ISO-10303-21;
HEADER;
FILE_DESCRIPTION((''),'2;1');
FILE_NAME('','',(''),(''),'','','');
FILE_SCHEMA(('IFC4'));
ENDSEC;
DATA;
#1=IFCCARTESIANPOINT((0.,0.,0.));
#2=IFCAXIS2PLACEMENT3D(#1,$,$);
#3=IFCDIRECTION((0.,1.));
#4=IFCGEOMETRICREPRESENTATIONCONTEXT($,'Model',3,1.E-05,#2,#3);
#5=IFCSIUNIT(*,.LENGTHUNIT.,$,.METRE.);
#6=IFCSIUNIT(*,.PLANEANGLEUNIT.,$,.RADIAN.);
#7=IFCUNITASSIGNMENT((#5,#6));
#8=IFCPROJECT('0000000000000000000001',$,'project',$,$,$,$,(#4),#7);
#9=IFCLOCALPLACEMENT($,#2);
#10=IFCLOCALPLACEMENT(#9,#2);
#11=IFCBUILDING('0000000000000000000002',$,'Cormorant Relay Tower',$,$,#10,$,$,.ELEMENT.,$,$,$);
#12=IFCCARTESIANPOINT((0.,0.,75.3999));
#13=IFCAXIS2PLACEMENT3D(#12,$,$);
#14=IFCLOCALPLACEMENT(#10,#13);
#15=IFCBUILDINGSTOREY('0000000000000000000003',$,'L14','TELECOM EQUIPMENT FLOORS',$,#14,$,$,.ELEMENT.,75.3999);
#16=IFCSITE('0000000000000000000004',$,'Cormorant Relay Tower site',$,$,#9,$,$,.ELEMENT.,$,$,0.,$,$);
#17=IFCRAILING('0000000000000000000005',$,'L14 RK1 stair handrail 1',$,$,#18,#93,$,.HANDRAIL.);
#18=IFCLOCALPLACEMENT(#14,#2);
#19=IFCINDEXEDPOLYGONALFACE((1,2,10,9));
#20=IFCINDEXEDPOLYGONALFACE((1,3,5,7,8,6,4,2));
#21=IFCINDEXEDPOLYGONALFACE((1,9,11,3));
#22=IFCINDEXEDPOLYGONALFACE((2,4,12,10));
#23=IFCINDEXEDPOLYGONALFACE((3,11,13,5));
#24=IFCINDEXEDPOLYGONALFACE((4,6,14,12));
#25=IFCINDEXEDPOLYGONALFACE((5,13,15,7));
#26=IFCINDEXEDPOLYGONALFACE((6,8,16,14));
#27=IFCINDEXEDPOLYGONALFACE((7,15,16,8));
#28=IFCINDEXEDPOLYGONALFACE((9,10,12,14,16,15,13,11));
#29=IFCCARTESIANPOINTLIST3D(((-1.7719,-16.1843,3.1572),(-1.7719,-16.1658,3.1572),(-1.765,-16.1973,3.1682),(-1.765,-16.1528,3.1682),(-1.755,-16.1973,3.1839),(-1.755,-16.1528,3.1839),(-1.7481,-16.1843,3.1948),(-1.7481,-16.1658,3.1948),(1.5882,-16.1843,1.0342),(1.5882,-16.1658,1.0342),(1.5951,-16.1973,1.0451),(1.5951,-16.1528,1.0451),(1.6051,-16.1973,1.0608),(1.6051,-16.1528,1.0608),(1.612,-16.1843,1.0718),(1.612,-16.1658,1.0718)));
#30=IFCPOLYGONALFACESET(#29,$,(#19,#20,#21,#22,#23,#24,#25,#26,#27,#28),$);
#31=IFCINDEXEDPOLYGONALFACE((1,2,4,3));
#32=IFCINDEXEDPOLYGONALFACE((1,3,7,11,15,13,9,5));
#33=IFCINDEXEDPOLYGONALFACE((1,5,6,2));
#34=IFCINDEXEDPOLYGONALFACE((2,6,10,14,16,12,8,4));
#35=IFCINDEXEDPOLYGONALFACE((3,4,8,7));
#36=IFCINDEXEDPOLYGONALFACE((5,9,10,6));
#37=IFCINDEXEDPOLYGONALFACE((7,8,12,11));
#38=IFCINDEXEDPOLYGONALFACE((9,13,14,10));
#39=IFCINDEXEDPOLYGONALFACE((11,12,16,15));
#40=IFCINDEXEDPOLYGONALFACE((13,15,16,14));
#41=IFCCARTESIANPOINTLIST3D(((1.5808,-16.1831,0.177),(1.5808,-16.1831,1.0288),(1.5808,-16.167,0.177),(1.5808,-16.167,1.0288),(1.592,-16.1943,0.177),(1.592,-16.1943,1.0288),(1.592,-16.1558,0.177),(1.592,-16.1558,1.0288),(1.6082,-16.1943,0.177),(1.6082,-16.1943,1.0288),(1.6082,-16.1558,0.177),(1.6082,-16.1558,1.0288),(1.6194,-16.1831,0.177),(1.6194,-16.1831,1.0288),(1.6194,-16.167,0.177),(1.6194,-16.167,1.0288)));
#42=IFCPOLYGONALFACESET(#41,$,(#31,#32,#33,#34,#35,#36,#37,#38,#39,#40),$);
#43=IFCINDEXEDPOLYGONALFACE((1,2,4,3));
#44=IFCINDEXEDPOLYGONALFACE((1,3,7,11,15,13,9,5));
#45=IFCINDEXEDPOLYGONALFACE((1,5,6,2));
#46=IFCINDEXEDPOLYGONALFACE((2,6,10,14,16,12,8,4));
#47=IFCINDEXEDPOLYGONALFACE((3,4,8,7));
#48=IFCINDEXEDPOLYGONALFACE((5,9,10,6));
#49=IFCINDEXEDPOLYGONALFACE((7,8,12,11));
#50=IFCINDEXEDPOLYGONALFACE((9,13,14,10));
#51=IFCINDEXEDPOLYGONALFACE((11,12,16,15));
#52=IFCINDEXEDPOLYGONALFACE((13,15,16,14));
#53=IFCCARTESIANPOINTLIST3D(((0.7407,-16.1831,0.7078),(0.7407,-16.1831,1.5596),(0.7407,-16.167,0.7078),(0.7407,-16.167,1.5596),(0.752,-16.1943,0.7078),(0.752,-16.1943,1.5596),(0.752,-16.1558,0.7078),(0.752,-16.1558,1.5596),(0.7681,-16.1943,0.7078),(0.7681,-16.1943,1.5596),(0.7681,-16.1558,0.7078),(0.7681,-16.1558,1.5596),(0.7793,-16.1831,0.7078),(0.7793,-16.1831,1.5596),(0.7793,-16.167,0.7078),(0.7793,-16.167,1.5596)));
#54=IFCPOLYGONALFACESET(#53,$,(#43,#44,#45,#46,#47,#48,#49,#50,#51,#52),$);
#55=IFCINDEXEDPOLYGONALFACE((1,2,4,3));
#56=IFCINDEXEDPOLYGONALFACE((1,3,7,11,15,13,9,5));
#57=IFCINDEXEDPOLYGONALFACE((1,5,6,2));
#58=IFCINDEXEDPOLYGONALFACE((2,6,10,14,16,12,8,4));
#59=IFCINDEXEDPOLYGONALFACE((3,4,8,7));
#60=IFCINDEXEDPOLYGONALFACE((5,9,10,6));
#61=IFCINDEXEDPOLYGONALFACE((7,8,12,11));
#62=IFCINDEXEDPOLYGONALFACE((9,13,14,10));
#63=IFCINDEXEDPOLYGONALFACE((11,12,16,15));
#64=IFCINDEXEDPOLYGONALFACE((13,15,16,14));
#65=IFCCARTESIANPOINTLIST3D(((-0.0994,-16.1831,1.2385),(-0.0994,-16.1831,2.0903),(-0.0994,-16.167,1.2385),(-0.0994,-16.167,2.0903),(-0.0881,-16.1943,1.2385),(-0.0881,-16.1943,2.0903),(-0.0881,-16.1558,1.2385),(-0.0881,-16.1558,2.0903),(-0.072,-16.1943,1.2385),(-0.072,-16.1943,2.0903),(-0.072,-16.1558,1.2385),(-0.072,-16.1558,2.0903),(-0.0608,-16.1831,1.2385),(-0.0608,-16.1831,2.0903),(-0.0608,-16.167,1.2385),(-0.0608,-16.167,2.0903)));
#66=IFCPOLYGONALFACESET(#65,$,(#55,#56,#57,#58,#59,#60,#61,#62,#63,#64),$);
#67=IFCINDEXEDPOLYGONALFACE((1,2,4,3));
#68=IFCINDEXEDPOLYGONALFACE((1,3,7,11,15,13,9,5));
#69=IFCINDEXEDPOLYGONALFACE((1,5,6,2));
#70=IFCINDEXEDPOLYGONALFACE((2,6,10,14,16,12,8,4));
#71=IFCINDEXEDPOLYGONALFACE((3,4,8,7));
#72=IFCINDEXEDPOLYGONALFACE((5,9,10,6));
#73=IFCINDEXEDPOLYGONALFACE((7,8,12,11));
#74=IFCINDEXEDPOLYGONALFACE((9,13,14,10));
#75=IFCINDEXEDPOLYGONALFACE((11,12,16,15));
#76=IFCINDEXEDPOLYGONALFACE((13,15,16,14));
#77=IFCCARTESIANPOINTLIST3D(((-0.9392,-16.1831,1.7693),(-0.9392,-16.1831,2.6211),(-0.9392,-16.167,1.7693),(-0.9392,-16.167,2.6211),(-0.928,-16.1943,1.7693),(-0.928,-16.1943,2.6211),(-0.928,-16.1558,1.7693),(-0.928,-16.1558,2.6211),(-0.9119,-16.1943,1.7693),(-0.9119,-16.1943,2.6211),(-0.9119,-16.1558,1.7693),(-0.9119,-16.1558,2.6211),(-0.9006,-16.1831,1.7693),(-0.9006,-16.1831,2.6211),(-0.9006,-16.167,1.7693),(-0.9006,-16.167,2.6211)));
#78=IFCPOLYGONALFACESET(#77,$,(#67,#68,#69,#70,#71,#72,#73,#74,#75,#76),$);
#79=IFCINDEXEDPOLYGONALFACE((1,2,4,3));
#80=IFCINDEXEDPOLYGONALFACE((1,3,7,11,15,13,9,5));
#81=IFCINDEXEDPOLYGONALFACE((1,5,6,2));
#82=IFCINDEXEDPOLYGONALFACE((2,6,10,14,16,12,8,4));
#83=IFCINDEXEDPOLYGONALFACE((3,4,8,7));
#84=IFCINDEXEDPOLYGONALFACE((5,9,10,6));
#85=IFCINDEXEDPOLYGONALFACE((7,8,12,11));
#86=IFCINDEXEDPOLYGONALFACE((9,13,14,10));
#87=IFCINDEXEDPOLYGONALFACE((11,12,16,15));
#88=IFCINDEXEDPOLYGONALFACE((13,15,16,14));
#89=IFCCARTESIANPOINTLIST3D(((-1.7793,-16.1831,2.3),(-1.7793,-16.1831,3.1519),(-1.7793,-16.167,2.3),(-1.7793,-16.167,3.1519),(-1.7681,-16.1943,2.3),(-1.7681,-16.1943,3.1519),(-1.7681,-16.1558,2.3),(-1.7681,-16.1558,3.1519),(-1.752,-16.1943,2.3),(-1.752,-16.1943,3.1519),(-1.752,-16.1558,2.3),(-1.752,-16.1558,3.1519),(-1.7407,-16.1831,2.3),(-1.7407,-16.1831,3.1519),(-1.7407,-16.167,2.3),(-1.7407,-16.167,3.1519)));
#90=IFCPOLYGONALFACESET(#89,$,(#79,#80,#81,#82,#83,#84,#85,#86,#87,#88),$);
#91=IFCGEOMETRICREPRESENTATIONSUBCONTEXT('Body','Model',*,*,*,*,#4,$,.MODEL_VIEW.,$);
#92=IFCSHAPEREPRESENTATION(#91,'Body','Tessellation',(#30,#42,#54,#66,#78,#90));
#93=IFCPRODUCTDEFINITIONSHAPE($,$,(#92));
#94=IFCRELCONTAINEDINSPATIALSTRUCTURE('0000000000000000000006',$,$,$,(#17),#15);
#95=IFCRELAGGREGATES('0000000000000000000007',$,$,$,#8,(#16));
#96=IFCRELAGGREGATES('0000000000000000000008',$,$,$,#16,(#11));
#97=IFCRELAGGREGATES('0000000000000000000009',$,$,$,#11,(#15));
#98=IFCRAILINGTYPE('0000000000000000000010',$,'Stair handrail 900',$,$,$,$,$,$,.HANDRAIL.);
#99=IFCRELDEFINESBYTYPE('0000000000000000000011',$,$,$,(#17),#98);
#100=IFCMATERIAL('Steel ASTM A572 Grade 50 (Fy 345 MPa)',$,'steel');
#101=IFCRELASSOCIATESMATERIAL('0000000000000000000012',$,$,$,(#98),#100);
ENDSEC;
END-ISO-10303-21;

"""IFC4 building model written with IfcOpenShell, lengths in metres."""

from ifc_helpers import new_model, si_unit, direction, frame, origin, place, context, subcontext, project, spatial, polyline, outline, extrude, material, type_object, element, save


model = new_model("IFC4")

# Units and contexts
model_context = context("Model", 3, precision=1e-05, world=origin(), true_north=direction((0.0, 1.0)))
body_context = subcontext(model_context, "Body", "Model", "MODEL_VIEW")
ifc_project = project(units=[si_unit("LENGTHUNIT", "METRE"), si_unit("PLANEANGLEUNIT", "RADIAN")], contexts=[model_context])

# Site, building, storey
site_placement = place(None, origin())
site = spatial("IfcSite", under=ifc_project, at=site_placement, Name="Cormorant Relay Tower site", CompositionType="ELEMENT", RefElevation=0.0)
building_placement = place(site_placement, origin())
building = spatial("IfcBuilding", under=site, at=building_placement, Name="Cormorant Relay Tower", CompositionType="ELEMENT")
storey_placement = place(building_placement, frame((0.0, 0.0, 75.3999)))
storey = spatial("IfcBuildingStorey", under=building, at=storey_placement, Name="L14", Description="TELECOM EQUIPMENT FLOORS", CompositionType="ELEMENT", Elevation=75.3999)

# Railing
ifc_material_1 = material(Name="Steel ASTM A572 Grade 50 (Fy 345 MPa)", Category="steel")
railing_type_1 = type_object("IfcRailingType", Name="Stair handrail 900", PredefinedType="HANDRAIL", material=ifc_material_1)
railing_1_placement = place(storey_placement, frame((1.6001, -16.175, 0.177)))
element("IfcRailing", 1, at=railing_1_placement, inside=storey, type_object=railing_type_1, Name="L14 RK1 stair handrail 1", PredefinedType="HANDRAIL", context=body_context, shape_type="SweptSolid", body=[
    extrude(outline(polyline([(0.0222, 0.0093), (0.0093, 0.0222), (-0.0093, 0.0222), (-0.0222, 0.0093), (-0.0222, -0.0093), (-0.0093, -0.0222), (0.0093, -0.0222), (0.0222, -0.0093), (0.0222, 0.0093)])), frame((0.0, 0.0, 0.876), z_axis=(-0.84539, 0.0, 0.53415), x_axis=(0.0, -1.0, 0.0)), (0.0, 0.0, 1.0), 3.9746),
    extrude(outline(polyline([(0.0193, 0.0081), (0.0081, 0.0193), (-0.0081, 0.0193), (-0.0193, 0.0081), (-0.0193, -0.0081), (-0.0081, -0.0193), (0.0081, -0.0193), (0.0193, -0.0081), (0.0193, 0.0081)])), origin(), (0.0, 0.0, 1.0), 0.8518),
    extrude(outline(polyline([(0.0193, 0.0081), (0.0081, 0.0193), (-0.0081, 0.0193), (-0.0193, 0.0081), (-0.0193, -0.0081), (-0.0081, -0.0193), (0.0081, -0.0193), (0.0193, -0.0081), (0.0193, 0.0081)])), frame((-0.8401, 0.0, 0.5308)), (0.0, 0.0, 1.0), 0.8518),
    extrude(outline(polyline([(0.0193, 0.0081), (0.0081, 0.0193), (-0.0081, 0.0193), (-0.0193, 0.0081), (-0.0193, -0.0081), (-0.0081, -0.0193), (0.0081, -0.0193), (0.0193, -0.0081), (0.0193, 0.0081)])), frame((-1.6802, 0.0, 1.0615)), (0.0, 0.0, 1.0), 0.8518),
    extrude(outline(polyline([(0.0193, 0.0081), (0.0081, 0.0193), (-0.0081, 0.0193), (-0.0193, 0.0081), (-0.0193, -0.0081), (-0.0081, -0.0193), (0.0081, -0.0193), (0.0193, -0.0081), (0.0193, 0.0081)])), frame((-2.52, 0.0, 1.5923)), (0.0, 0.0, 1.0), 0.8518),
    extrude(outline(polyline([(0.0193, 0.0081), (0.0081, 0.0193), (-0.0081, 0.0193), (-0.0193, 0.0081), (-0.0193, -0.0081), (-0.0081, -0.0193), (0.0081, -0.0193), (0.0193, -0.0081), (0.0193, 0.0081)])), frame((-3.3601, 0.0, 2.123)), (0.0, 0.0, 1.0), 0.8518),
])

save(model, "model.ifc")
